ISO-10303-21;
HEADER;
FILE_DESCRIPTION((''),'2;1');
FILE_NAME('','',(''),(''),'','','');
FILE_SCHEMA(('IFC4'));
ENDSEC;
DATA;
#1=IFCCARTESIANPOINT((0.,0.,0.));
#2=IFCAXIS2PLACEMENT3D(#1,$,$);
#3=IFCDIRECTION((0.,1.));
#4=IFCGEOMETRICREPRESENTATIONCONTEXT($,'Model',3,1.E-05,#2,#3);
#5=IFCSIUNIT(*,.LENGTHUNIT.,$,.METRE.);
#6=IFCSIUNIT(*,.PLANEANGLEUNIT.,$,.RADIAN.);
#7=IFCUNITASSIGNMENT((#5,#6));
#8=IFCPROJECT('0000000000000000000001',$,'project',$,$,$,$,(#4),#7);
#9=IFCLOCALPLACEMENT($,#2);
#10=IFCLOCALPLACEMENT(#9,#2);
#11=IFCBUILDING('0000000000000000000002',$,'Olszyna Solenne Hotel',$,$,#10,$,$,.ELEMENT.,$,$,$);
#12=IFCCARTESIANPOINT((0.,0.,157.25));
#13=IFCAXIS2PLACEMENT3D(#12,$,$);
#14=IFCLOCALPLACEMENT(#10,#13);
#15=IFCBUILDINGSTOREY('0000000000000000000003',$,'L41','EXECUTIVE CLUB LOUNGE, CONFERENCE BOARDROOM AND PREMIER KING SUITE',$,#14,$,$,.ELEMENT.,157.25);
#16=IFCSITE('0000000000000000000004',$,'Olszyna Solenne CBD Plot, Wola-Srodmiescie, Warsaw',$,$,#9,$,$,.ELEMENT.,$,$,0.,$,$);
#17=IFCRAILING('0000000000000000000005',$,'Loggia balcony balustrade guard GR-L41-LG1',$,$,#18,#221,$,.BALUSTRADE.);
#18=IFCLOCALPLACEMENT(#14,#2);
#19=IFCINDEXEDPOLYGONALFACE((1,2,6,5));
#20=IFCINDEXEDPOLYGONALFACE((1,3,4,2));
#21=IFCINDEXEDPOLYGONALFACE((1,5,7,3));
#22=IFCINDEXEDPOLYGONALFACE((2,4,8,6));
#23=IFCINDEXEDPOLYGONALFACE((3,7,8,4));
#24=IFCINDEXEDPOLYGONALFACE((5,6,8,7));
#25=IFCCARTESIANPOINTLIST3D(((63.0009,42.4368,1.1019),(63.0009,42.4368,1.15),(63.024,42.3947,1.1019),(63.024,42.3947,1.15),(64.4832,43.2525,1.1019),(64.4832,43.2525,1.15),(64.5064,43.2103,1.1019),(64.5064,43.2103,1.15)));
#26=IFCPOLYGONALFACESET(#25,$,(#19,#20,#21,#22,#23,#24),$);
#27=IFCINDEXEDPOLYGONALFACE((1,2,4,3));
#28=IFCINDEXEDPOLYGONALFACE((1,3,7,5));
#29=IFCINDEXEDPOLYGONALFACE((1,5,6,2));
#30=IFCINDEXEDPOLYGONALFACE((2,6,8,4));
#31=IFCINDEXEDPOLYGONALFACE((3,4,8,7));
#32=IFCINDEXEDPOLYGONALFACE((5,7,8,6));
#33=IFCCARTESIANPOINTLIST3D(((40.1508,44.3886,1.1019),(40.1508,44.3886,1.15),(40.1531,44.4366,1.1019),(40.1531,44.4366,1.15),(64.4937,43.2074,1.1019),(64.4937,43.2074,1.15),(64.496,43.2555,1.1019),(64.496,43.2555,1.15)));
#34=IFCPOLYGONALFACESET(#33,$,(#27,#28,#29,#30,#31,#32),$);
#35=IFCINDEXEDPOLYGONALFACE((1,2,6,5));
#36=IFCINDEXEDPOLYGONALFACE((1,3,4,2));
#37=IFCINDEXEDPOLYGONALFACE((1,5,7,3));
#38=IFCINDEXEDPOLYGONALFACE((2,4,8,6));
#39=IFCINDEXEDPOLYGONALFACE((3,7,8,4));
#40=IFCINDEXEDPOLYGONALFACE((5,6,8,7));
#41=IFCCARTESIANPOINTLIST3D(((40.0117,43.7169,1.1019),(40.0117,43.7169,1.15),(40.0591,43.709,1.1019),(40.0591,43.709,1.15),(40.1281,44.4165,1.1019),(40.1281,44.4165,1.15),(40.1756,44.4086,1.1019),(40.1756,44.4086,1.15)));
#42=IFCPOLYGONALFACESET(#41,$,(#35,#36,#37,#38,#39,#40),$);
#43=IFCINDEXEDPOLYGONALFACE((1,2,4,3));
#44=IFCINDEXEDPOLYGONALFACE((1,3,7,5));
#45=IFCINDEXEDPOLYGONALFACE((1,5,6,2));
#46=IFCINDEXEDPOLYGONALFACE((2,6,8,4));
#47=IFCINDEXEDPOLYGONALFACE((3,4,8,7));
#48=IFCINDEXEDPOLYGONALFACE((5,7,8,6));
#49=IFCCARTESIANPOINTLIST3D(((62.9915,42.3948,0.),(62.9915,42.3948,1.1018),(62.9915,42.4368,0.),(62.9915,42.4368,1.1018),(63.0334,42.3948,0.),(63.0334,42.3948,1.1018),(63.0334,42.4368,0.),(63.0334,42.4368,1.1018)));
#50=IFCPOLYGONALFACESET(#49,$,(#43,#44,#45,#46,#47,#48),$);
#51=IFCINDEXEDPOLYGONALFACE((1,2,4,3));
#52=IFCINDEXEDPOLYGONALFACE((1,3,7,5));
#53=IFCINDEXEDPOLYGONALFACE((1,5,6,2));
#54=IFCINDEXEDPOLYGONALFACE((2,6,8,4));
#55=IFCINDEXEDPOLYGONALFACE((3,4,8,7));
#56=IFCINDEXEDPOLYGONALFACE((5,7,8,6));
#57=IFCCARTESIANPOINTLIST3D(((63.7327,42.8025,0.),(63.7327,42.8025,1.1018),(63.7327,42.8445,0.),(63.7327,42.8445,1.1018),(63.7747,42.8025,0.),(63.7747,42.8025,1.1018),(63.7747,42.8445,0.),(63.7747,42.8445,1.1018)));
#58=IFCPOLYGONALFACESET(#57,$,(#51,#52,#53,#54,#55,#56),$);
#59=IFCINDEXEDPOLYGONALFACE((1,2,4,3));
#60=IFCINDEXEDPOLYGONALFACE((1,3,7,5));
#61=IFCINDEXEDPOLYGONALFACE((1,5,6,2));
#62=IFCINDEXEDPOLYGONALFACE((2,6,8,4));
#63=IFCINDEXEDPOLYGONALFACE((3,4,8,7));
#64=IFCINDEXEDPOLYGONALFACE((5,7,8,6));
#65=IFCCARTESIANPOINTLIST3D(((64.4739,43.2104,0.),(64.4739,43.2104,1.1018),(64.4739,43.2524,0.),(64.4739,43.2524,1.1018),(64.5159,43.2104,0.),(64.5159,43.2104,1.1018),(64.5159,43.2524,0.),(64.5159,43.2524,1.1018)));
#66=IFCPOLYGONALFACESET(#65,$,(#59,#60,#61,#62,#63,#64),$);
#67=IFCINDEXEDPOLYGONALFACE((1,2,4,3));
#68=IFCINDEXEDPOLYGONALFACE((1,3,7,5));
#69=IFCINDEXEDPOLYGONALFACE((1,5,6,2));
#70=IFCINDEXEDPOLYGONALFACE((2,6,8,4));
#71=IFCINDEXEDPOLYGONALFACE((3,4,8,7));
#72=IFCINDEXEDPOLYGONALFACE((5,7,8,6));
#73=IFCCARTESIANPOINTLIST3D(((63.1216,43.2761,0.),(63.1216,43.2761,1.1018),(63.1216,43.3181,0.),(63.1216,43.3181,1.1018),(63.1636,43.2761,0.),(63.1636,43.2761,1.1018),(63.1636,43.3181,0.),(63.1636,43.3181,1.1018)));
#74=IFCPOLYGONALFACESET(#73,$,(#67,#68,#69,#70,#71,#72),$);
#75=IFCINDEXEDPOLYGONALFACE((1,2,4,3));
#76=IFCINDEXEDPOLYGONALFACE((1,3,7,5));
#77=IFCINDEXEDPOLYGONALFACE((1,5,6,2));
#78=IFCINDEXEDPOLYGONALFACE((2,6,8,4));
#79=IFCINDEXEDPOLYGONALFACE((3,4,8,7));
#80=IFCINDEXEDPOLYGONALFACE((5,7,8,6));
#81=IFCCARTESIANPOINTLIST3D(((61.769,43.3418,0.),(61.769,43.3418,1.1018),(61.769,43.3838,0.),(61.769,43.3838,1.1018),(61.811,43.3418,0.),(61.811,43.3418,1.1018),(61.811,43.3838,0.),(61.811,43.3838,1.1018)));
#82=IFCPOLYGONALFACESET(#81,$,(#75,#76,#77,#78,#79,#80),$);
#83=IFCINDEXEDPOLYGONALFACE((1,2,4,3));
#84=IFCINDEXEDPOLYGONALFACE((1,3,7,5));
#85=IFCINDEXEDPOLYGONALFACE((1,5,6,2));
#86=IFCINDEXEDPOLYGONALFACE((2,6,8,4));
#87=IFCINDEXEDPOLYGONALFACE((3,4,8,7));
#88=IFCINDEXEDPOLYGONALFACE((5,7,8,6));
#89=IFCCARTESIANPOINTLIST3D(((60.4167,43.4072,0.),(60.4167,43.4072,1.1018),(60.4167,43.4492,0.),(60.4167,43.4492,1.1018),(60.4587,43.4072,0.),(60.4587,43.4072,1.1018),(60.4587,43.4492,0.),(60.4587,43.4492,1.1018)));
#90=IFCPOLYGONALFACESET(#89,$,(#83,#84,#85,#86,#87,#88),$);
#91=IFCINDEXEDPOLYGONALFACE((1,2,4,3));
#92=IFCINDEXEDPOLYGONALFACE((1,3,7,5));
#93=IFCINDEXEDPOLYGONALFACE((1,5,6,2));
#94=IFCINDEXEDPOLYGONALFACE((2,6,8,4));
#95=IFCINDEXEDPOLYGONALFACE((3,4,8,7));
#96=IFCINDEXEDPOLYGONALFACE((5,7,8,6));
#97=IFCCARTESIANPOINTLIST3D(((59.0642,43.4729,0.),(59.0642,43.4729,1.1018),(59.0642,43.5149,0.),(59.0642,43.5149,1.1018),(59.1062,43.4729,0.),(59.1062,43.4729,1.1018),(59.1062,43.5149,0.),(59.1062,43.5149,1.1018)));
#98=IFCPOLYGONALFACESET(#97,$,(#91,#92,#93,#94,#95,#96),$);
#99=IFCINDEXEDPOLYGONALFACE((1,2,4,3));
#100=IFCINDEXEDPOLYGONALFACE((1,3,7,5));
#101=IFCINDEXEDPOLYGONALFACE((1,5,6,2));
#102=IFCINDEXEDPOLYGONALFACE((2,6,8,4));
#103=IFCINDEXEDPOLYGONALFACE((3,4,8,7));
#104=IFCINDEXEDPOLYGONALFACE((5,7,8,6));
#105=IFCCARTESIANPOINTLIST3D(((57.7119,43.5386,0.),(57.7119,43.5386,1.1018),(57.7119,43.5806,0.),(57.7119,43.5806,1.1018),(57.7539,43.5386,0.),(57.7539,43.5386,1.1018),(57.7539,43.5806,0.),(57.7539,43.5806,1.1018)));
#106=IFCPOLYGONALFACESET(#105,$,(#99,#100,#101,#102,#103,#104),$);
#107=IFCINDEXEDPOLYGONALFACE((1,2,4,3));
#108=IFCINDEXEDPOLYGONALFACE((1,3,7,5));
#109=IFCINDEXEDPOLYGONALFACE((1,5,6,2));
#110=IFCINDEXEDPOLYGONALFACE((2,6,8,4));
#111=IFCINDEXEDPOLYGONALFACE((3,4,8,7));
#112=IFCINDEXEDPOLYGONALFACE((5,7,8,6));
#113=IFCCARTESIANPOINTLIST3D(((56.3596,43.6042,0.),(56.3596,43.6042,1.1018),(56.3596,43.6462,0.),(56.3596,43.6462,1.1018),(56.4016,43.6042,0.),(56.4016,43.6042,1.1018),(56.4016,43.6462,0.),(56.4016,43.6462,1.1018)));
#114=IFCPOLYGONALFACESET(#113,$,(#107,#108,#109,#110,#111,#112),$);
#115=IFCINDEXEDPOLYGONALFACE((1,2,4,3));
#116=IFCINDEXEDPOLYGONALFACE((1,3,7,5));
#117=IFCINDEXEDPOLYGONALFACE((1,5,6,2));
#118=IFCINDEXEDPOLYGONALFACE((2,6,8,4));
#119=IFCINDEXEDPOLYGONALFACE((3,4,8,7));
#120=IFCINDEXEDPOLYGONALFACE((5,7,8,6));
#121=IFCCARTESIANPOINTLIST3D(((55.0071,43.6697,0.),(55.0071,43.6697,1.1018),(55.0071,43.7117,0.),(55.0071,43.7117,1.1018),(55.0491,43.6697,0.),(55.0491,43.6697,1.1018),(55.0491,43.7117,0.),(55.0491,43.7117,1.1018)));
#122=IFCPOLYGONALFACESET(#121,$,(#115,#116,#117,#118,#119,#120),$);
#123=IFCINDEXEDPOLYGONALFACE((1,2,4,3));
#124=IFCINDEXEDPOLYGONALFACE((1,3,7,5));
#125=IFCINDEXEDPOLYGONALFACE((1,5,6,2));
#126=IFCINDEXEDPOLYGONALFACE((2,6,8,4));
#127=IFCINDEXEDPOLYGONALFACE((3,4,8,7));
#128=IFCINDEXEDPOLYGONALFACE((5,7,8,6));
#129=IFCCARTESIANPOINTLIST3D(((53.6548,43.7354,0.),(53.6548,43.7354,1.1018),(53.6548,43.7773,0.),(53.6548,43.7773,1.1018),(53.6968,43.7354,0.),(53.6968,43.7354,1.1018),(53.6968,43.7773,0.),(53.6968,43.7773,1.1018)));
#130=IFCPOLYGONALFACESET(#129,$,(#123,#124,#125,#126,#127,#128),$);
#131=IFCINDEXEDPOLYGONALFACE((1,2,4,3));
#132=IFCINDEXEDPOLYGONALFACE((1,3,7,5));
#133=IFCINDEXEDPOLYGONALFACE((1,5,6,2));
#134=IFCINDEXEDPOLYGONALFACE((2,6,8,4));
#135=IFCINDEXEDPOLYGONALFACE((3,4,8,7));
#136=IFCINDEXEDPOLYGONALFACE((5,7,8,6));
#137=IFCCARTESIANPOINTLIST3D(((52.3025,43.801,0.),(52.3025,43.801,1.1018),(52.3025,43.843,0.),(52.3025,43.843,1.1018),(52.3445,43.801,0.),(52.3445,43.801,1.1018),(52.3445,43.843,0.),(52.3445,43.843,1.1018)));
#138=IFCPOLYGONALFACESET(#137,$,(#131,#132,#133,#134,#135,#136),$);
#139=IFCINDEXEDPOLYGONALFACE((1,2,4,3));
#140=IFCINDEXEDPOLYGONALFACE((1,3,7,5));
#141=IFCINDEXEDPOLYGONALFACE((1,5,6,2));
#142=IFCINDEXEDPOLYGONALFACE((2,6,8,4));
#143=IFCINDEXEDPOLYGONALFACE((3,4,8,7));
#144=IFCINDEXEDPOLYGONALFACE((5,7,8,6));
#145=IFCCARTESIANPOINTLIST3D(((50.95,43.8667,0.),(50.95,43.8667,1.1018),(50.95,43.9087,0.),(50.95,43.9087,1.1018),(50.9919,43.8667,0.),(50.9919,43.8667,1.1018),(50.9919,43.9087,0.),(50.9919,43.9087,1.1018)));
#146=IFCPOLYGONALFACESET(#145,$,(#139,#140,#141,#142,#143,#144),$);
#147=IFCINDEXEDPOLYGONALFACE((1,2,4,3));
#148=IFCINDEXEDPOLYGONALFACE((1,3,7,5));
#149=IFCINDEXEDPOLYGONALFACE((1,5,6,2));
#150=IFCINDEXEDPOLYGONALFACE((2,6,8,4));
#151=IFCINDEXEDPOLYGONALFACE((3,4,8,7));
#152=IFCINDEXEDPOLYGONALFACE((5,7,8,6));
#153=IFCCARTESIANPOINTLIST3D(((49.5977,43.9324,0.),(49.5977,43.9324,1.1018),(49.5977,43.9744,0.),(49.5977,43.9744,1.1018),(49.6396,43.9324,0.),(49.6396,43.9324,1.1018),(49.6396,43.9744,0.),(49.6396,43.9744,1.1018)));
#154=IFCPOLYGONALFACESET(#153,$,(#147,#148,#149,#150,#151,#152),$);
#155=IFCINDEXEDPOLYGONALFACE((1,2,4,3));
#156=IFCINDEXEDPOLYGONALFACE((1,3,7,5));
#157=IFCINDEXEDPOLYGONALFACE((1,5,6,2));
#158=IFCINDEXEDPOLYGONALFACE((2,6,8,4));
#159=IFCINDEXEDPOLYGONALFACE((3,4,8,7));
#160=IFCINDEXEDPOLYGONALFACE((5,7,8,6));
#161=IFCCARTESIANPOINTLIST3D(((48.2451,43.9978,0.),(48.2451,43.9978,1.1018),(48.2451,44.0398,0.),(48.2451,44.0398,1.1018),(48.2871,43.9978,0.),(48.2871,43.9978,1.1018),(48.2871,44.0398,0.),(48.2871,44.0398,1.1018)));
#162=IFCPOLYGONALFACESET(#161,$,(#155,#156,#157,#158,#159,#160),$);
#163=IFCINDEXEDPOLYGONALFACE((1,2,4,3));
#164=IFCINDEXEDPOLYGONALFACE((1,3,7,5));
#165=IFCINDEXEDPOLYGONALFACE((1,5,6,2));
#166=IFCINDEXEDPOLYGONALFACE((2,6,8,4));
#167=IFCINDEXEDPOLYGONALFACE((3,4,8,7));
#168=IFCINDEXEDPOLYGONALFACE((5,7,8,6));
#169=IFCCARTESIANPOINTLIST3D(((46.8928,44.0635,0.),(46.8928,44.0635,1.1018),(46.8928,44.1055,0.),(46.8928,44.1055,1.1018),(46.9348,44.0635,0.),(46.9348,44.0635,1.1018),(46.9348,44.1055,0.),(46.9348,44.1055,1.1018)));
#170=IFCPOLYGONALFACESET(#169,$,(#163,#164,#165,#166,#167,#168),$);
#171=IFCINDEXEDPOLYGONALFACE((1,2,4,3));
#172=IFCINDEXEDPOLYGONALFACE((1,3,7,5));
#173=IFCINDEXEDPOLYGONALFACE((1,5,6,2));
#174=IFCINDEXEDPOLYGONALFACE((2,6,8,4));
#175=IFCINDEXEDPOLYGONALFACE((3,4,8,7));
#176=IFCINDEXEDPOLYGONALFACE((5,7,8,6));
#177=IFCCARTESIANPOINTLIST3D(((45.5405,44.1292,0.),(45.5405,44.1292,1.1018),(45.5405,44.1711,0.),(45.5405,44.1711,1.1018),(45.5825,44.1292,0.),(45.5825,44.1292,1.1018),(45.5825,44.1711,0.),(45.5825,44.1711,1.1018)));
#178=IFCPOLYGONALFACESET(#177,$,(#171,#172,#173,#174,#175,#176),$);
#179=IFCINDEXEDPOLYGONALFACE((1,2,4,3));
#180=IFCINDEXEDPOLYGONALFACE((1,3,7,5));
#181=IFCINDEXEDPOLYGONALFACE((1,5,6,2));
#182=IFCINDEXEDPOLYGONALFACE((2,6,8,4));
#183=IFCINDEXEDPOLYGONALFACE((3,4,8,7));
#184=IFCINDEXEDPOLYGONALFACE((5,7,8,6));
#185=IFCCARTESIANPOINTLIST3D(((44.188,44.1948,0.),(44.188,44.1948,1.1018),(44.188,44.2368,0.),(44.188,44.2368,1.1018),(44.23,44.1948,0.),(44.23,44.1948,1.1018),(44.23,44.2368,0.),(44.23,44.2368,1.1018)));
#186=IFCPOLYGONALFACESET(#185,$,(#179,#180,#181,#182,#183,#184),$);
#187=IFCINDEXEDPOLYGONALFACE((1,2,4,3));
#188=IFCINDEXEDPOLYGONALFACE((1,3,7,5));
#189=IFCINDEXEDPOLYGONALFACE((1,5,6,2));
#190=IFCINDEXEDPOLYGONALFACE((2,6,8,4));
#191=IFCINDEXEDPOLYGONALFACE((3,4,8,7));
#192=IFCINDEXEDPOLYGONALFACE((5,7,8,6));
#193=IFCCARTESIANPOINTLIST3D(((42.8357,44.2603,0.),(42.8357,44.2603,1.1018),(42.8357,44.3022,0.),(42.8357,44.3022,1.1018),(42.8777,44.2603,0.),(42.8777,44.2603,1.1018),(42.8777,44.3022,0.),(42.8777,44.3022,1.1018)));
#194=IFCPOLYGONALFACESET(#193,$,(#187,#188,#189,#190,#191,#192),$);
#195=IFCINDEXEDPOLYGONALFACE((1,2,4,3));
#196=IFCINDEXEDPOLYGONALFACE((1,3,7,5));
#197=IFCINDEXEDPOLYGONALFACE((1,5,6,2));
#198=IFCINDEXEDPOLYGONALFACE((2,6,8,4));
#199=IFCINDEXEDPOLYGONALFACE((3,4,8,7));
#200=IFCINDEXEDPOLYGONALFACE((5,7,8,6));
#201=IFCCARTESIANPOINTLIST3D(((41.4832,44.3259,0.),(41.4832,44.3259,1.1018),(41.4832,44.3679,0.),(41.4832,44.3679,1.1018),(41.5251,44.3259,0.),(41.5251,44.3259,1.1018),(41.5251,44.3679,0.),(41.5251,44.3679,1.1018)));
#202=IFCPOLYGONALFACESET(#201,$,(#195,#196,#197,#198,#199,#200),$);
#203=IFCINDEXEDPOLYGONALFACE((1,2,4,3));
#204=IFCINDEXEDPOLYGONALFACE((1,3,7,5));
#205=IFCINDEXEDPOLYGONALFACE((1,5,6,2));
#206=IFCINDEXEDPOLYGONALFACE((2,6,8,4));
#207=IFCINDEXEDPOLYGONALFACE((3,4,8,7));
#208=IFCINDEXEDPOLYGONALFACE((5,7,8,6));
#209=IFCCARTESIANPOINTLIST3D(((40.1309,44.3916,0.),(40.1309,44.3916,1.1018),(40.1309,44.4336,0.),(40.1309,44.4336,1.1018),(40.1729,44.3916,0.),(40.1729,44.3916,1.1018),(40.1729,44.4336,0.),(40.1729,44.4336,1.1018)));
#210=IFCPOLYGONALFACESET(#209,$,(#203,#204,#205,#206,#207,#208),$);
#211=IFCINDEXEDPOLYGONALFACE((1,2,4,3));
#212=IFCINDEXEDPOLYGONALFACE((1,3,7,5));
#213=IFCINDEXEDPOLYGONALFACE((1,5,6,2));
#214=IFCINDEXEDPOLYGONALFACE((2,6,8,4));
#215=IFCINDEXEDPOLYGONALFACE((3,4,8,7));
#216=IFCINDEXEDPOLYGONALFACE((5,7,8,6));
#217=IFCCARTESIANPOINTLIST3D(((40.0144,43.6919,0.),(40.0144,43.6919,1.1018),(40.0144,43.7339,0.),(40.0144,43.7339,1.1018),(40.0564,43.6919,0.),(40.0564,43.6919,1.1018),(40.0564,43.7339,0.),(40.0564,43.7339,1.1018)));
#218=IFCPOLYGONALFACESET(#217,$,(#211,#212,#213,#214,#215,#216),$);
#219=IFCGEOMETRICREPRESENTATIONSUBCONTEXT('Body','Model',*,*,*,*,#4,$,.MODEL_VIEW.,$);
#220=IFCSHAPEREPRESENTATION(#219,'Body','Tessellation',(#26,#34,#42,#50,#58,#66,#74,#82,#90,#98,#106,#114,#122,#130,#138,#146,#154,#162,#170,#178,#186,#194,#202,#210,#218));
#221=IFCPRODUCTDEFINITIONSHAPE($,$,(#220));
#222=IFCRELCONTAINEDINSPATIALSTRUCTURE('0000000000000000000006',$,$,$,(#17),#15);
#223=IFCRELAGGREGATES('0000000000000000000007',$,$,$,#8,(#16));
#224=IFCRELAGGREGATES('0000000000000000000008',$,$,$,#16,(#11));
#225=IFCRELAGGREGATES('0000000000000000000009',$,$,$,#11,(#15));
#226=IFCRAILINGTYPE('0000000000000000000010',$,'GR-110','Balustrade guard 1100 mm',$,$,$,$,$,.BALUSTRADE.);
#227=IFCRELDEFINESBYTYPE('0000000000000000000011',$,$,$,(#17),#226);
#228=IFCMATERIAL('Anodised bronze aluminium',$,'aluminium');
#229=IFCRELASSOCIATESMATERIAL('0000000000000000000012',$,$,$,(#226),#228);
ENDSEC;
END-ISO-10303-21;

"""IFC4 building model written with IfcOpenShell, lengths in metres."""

from ifc_helpers import new_model, si_unit, direction, frame, origin, origin_2d, place, context, subcontext, project, spatial, rectangle, extrude, material, type_object, element, save


model = new_model("IFC4")

# Units and contexts
model_context = context("Model", 3, precision=1e-05, world=origin(), true_north=direction((0.0, 1.0)))
body_context = subcontext(model_context, "Body", "Model", "MODEL_VIEW")
ifc_project = project(units=[si_unit("LENGTHUNIT", "METRE"), si_unit("PLANEANGLEUNIT", "RADIAN")], contexts=[model_context])

# Site, building, storey
site_placement = place(None, origin())
site = spatial("IfcSite", under=ifc_project, at=site_placement, Name="Olszyna Solenne CBD Plot, Wola-Srodmiescie, Warsaw", CompositionType="ELEMENT", RefElevation=0.0)
building_placement = place(site_placement, origin())
building = spatial("IfcBuilding", under=site, at=building_placement, Name="Olszyna Solenne Hotel", CompositionType="ELEMENT")
storey_placement = place(building_placement, frame((0.0, 0.0, 157.25)))
storey = spatial("IfcBuildingStorey", under=building, at=storey_placement, Name="L41", Description="EXECUTIVE CLUB LOUNGE, CONFERENCE BOARDROOM AND PREMIER KING SUITE", CompositionType="ELEMENT", Elevation=157.25)

# Railing
ifc_material_1 = material(Name="Anodised bronze aluminium", Category="aluminium")
railing_type = type_object("IfcRailingType", Name="GR-110", Description="Balustrade guard 1100 mm", PredefinedType="BALUSTRADE", material=ifc_material_1)
railing_placement = place(storey_placement, frame((63.0125, 42.4158, 0.0)))
element("IfcRailing", 1, at=railing_placement, inside=storey, type_object=railing_type, Name="Loggia balcony balustrade guard GR-L41-LG1", PredefinedType="BALUSTRADE", context=body_context, shape_type="SweptSolid", body=[
    extrude(rectangle(XDim=0.0481, YDim=0.0481, at=origin_2d()), frame((0.0, 0.0, 1.126), z_axis=(0.876131, 0.482074, 0.0), x_axis=(-0.482074, 0.876131, 0.0)), (0.0, 0.0, 1.0), 1.6919),
    extrude(rectangle(XDim=0.0481, YDim=0.0481, at=origin_2d()), frame((1.4824, 0.8157, 1.126), z_axis=(-0.998825, 0.048464, 0.0), x_axis=(-0.048464, -0.998825, 0.0)), (0.0, 0.0, 1.0), 24.3716),
    extrude(rectangle(XDim=0.0481, YDim=0.0481, at=origin_2d()), frame((-22.8606, 1.9968, 1.126), z_axis=(-0.164176, -0.986431, 0.0), x_axis=(0.986431, -0.164176, 0.0)), (0.0, 0.0, 1.0), 0.7092),
    extrude(rectangle(XDim=0.042, YDim=0.042, at=origin_2d()), origin(), (0.0, 0.0, 1.0), 1.1018),
    extrude(rectangle(XDim=0.042, YDim=0.042, at=origin_2d()), frame((0.7412, 0.4077, 0.0)), (0.0, 0.0, 1.0), 1.1018),
    extrude(rectangle(XDim=0.042, YDim=0.042, at=origin_2d()), frame((1.4824, 0.8157, 0.0)), (0.0, 0.0, 1.0), 1.1018),
    extrude(rectangle(XDim=0.042, YDim=0.042, at=origin_2d()), frame((0.1301, 0.8813, 0.0)), (0.0, 0.0, 1.0), 1.1018),
    extrude(rectangle(XDim=0.042, YDim=0.042, at=origin_2d()), frame((-1.2224, 0.947, 0.0)), (0.0, 0.0, 1.0), 1.1018),
    extrude(rectangle(XDim=0.042, YDim=0.042, at=origin_2d()), frame((-2.5747, 1.0125, 0.0)), (0.0, 0.0, 1.0), 1.1018),
    extrude(rectangle(XDim=0.042, YDim=0.042, at=origin_2d()), frame((-3.9272, 1.0781, 0.0)), (0.0, 0.0, 1.0), 1.1018),
    extrude(rectangle(XDim=0.042, YDim=0.042, at=origin_2d()), frame((-5.2795, 1.1438, 0.0)), (0.0, 0.0, 1.0), 1.1018),
    extrude(rectangle(XDim=0.042, YDim=0.042, at=origin_2d()), frame((-6.6318, 1.2095, 0.0)), (0.0, 0.0, 1.0), 1.1018),
    extrude(rectangle(XDim=0.042, YDim=0.042, at=origin_2d()), frame((-7.9844, 1.2749, 0.0)), (0.0, 0.0, 1.0), 1.1018),
    extrude(rectangle(XDim=0.042, YDim=0.042, at=origin_2d()), frame((-9.3367, 1.3406, 0.0)), (0.0, 0.0, 1.0), 1.1018),
    extrude(rectangle(XDim=0.042, YDim=0.042, at=origin_2d()), frame((-10.689, 1.4062, 0.0)), (0.0, 0.0, 1.0), 1.1018),
    extrude(rectangle(XDim=0.042, YDim=0.042, at=origin_2d()), frame((-12.0415, 1.4719, 0.0)), (0.0, 0.0, 1.0), 1.1018),
    extrude(rectangle(XDim=0.042, YDim=0.042, at=origin_2d()), frame((-13.3938, 1.5376, 0.0)), (0.0, 0.0, 1.0), 1.1018),
    extrude(rectangle(XDim=0.042, YDim=0.042, at=origin_2d()), frame((-14.7463, 1.603, 0.0)), (0.0, 0.0, 1.0), 1.1018),
    extrude(rectangle(XDim=0.042, YDim=0.042, at=origin_2d()), frame((-16.0986, 1.6687, 0.0)), (0.0, 0.0, 1.0), 1.1018),
    extrude(rectangle(XDim=0.042, YDim=0.042, at=origin_2d()), frame((-17.4509, 1.7344, 0.0)), (0.0, 0.0, 1.0), 1.1018),
    extrude(rectangle(XDim=0.042, YDim=0.042, at=origin_2d()), frame((-18.8035, 1.8, 0.0)), (0.0, 0.0, 1.0), 1.1018),
    extrude(rectangle(XDim=0.042, YDim=0.042, at=origin_2d()), frame((-20.1558, 1.8655, 0.0)), (0.0, 0.0, 1.0), 1.1018),
    extrude(rectangle(XDim=0.042, YDim=0.042, at=origin_2d()), frame((-21.5083, 1.9312, 0.0)), (0.0, 0.0, 1.0), 1.1018),
    extrude(rectangle(XDim=0.042, YDim=0.042, at=origin_2d()), frame((-22.8606, 1.9968, 0.0)), (0.0, 0.0, 1.0), 1.1018),
    extrude(rectangle(XDim=0.042, YDim=0.042, at=origin_2d()), frame((-22.9771, 1.2971, 0.0)), (0.0, 0.0, 1.0), 1.1018),
])

save(model, "model.ifc")
